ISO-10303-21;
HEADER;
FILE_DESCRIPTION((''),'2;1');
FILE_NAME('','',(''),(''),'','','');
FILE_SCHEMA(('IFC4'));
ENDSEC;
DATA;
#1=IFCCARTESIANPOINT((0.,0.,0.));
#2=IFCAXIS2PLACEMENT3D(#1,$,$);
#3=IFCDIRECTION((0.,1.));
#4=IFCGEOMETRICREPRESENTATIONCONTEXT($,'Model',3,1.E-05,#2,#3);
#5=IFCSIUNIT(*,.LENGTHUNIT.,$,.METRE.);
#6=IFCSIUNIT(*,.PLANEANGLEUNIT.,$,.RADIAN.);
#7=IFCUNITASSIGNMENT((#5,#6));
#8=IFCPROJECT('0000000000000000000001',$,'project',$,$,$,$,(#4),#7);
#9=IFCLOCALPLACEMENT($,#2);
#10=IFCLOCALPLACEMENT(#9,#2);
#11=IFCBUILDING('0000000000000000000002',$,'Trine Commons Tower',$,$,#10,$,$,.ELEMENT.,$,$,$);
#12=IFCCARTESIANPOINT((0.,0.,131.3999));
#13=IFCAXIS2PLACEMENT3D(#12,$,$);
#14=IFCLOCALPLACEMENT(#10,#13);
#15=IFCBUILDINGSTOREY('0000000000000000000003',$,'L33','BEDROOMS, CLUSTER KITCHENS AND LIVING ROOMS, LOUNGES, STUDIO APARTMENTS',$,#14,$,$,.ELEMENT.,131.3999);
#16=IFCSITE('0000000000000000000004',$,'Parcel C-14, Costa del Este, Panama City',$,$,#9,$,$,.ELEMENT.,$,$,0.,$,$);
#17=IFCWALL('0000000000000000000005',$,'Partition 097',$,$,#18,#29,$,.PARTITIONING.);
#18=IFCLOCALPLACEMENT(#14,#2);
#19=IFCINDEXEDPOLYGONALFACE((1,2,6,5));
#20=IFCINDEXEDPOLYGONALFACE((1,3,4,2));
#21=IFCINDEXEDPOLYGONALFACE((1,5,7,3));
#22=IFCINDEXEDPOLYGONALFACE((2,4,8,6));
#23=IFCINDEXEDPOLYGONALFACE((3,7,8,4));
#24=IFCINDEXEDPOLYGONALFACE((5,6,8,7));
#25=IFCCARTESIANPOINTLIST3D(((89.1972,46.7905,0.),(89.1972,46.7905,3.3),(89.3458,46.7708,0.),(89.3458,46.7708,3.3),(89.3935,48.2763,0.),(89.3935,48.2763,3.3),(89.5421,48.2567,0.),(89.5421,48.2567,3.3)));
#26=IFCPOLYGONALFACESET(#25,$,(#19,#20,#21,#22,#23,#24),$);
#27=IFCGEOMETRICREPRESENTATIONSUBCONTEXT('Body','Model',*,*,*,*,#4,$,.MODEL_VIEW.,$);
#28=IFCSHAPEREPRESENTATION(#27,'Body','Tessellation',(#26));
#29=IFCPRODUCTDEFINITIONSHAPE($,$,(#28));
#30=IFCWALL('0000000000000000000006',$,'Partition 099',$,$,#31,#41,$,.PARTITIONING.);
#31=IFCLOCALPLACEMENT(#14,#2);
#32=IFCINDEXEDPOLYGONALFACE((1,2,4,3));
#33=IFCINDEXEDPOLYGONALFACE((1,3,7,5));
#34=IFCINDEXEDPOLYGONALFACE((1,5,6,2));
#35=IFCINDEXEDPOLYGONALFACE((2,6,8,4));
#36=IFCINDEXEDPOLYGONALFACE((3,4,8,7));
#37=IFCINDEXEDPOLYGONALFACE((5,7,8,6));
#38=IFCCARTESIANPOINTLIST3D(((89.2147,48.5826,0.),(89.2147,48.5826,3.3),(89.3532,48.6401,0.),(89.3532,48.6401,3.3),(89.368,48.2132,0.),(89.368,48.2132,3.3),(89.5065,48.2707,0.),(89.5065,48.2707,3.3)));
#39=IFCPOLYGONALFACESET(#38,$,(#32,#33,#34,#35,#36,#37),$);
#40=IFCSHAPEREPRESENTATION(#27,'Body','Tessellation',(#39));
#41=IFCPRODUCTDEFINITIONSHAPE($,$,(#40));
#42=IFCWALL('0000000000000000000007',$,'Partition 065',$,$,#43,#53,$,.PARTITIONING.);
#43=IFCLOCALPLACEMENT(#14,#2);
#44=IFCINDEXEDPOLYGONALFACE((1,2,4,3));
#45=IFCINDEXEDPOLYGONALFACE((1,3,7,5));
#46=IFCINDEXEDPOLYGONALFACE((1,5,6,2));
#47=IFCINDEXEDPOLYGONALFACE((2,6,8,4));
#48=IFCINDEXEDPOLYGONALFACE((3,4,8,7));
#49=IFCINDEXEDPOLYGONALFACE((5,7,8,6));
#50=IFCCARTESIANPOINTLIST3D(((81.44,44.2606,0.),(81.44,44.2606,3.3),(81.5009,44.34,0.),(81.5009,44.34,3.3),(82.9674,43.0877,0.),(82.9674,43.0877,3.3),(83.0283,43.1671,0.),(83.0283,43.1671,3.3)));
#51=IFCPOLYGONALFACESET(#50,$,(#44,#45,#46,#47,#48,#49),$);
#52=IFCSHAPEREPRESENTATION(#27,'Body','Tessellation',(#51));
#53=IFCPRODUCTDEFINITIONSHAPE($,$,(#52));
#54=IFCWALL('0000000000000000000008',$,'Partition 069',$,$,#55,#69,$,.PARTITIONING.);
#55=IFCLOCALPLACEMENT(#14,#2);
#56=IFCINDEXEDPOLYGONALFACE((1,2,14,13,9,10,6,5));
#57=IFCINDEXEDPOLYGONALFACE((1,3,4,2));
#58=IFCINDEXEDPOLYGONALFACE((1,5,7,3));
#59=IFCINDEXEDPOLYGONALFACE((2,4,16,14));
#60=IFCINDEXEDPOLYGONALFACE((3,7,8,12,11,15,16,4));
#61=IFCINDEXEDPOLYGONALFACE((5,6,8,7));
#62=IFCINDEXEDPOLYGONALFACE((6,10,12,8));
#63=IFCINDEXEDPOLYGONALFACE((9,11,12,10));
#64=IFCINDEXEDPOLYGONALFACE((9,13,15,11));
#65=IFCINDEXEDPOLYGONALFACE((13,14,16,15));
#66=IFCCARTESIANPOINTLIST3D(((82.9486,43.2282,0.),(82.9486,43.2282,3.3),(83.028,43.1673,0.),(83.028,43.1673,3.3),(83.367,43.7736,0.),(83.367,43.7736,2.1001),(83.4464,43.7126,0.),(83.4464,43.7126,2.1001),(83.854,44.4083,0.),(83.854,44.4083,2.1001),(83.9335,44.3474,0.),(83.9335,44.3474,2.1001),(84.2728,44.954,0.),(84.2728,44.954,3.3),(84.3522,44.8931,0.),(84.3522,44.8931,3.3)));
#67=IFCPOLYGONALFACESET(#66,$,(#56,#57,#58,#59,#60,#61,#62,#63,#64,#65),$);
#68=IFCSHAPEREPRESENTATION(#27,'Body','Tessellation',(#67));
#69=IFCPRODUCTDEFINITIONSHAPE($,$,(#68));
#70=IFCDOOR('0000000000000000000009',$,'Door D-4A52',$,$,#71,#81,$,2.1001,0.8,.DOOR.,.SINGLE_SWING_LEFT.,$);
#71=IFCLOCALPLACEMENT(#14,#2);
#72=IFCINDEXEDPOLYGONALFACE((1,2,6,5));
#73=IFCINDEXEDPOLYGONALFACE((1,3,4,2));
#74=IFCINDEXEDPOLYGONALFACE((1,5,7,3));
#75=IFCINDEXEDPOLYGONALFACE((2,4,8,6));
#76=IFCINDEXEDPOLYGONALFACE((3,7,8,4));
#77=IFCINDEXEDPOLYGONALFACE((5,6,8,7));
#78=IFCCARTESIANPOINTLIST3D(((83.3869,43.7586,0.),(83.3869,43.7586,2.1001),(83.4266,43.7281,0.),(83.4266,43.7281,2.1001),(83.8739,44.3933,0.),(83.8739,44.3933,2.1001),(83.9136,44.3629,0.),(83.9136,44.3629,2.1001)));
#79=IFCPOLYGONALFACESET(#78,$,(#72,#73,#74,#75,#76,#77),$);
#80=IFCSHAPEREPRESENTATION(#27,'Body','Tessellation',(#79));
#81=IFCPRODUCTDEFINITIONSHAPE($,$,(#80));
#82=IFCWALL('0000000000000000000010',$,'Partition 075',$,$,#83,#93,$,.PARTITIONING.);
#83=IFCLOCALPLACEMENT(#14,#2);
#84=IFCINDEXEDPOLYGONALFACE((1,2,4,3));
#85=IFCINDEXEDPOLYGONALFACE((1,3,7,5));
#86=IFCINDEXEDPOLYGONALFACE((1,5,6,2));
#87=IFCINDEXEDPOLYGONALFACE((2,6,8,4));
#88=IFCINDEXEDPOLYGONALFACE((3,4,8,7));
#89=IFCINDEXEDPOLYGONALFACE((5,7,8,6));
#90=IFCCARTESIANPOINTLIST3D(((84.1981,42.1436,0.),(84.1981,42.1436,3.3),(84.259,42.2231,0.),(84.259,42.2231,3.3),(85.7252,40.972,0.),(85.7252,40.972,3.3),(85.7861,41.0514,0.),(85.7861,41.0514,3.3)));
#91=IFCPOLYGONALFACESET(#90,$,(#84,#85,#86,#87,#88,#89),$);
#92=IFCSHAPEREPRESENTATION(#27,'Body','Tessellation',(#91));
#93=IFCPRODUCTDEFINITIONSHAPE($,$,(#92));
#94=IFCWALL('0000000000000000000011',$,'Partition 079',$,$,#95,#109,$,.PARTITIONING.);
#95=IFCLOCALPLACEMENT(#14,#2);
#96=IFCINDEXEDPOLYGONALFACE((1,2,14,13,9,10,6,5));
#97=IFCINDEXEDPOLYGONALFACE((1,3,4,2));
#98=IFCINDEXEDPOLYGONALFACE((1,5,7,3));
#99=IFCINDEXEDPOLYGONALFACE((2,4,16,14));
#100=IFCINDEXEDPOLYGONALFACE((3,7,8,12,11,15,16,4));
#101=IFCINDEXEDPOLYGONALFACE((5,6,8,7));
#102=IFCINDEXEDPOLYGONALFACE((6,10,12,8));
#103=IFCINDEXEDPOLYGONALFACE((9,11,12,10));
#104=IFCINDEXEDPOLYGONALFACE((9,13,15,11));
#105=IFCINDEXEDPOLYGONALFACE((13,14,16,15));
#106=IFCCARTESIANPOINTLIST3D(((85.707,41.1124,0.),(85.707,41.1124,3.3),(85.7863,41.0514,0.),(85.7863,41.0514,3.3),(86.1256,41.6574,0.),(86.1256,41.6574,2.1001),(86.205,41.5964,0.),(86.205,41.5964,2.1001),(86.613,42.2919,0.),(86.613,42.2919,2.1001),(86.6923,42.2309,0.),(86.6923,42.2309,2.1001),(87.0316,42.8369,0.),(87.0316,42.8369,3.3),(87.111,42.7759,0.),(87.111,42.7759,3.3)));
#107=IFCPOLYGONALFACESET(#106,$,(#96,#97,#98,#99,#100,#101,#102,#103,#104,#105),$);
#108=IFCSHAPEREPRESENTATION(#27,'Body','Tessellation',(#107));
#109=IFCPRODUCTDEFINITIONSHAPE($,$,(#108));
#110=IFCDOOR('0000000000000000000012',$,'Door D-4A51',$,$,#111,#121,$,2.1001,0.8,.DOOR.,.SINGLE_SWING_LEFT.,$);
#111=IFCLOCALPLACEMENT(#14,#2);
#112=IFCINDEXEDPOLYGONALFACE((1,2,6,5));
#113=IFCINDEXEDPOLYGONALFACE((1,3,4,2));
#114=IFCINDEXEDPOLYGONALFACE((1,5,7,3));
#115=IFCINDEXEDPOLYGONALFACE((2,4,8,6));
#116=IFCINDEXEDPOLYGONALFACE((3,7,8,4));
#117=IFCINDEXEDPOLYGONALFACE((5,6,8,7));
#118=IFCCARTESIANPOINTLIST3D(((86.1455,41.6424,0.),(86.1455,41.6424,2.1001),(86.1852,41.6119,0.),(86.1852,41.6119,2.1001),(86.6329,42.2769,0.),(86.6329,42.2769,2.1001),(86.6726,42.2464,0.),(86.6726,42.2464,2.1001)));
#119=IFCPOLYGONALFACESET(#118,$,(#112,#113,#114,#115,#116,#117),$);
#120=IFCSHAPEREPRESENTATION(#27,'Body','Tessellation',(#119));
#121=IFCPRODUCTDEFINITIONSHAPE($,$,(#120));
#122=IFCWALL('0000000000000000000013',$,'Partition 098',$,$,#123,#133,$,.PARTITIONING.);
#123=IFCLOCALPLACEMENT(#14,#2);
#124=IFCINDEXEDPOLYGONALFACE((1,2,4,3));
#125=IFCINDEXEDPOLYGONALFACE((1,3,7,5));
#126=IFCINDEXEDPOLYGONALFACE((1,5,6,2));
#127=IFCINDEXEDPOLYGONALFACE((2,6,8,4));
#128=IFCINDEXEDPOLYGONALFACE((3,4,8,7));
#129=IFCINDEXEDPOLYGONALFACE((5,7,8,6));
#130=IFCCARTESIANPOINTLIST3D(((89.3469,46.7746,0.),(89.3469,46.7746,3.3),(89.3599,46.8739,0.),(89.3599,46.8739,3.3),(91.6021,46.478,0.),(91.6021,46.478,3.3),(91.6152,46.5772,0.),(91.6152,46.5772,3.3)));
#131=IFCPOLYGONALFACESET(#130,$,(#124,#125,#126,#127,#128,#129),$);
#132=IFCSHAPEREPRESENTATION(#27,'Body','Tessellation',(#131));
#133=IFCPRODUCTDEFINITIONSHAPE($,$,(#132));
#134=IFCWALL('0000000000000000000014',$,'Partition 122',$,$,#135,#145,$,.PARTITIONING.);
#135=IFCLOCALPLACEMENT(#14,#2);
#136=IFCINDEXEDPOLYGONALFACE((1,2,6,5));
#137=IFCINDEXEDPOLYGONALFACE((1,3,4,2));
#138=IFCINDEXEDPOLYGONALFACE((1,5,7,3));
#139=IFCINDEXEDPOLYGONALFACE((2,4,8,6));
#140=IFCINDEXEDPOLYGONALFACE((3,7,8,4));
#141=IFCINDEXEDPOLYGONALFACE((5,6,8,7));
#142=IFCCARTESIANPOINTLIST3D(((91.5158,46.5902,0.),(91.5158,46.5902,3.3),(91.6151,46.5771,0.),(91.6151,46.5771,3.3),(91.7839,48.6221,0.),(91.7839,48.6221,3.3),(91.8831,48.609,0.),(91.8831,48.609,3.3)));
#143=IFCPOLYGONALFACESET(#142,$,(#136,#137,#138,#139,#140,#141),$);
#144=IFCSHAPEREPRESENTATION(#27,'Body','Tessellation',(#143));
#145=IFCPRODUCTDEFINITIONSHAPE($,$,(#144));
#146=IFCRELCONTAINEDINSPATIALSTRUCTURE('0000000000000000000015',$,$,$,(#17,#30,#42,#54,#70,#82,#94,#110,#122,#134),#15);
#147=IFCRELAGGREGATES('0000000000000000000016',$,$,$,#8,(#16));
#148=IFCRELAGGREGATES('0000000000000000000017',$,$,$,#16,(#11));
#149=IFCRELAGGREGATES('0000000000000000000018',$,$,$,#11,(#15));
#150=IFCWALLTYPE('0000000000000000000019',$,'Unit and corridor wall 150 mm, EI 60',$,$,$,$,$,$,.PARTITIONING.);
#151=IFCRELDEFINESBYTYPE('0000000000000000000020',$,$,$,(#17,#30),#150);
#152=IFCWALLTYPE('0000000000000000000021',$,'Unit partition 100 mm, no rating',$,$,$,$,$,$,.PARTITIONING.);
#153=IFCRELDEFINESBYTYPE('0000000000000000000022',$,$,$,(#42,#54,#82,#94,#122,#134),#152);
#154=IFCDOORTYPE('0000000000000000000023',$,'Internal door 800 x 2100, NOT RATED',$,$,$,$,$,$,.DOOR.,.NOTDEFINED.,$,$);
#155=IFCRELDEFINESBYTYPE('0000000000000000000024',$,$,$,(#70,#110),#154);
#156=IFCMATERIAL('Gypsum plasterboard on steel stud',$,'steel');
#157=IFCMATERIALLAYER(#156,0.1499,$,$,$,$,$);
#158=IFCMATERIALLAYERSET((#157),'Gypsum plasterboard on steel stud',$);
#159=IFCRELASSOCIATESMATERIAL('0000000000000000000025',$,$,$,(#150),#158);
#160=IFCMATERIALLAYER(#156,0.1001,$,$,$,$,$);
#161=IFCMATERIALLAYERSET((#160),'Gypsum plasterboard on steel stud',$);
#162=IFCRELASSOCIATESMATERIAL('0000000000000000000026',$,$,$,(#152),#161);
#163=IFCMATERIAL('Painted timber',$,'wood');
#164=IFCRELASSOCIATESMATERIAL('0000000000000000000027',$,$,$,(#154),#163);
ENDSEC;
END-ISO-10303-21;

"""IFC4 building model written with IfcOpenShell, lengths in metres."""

from ifc_helpers import new_model, si_unit, direction, frame, frame_2d, origin, place, context, subcontext, project, spatial, rectangle, extrude, material, layer, layer_set, type_object, element, fill, save


model = new_model("IFC4")

# Units and contexts
model_context = context("Model", 3, precision=1e-05, world=origin(), true_north=direction((0.0, 1.0)))
body_context = subcontext(model_context, "Body", "Model", "MODEL_VIEW")
ifc_project = project(units=[si_unit("LENGTHUNIT", "METRE"), si_unit("PLANEANGLEUNIT", "RADIAN")], contexts=[model_context])

# Site, building, storey
site_placement = place(None, origin())
site = spatial("IfcSite", under=ifc_project, at=site_placement, Name="Parcel C-14, Costa del Este, Panama City", CompositionType="ELEMENT", RefElevation=0.0)
building_placement = place(site_placement, origin())
building = spatial("IfcBuilding", under=site, at=building_placement, Name="Trine Commons Tower", CompositionType="ELEMENT")
storey_placement = place(building_placement, frame((0.0, 0.0, 131.3999)))
storey = spatial("IfcBuildingStorey", under=building, at=storey_placement, Name="L33", Description="BEDROOMS, CLUSTER KITCHENS AND LIVING ROOMS, LOUNGES, STUDIO APARTMENTS", CompositionType="ELEMENT", Elevation=131.3999)

# Shared definitions
ifc_material_1 = material(Name="Gypsum plasterboard on steel stud", Category="steel")
ifc_layer_1 = layer(ifc_material_1, 0.1499)
ifc_layer_set_1 = layer_set([ifc_layer_1], Name="Gypsum plasterboard on steel stud")
wall_type_1 = type_object("IfcWallType", Name="Unit and corridor wall 150 mm, EI 60", PredefinedType="PARTITIONING", material=ifc_layer_set_1)

# Shared definitions
ifc_material_2 = material(Name="Painted timber", Category="wood")

# Walls
wall_1_placement = place(storey_placement, frame((89.2715, 46.7805, 0.0), z_axis=(0.0, 0.0, 1.0), x_axis=(0.130969, 0.991387, 0.0)))
element("IfcWall", 1, at=wall_1_placement, inside=storey, type_object=wall_type_1, Name="Partition 097", PredefinedType="PARTITIONING", context=body_context, shape_type="SweptSolid", body=[
    extrude(rectangle(XDim=1.4988, YDim=0.1499, at=frame_2d((0.7495, 0.0))), origin(), (0.0, 0.0, 1.0), 3.3),
])
wall_2_placement = place(storey_placement, frame((89.2839, 48.6113, 0.0), z_axis=(0.0, 0.0, 1.0), x_axis=(0.383358, -0.9236, 0.0)))
element("IfcWall", 2, at=wall_2_placement, inside=storey, type_object=wall_type_1, Name="Partition 099", PredefinedType="PARTITIONING", context=body_context, shape_type="SweptSolid", body=[
    extrude(rectangle(XDim=0.3999, YDim=0.1499, at=frame_2d((0.2, 0.0))), origin(), (0.0, 0.0, 1.0), 3.3),
])
ifc_layer_2 = layer(ifc_material_1, 0.1001)
ifc_layer_set_2 = layer_set([ifc_layer_2], Name="Gypsum plasterboard on steel stud")
wall_type_2 = type_object("IfcWallType", Name="Unit partition 100 mm, no rating", PredefinedType="PARTITIONING", material=ifc_layer_set_2)
wall_3_placement = place(storey_placement, frame((81.4705, 44.3003, 0.0), z_axis=(0.0, 0.0, 1.0), x_axis=(0.793133, -0.609049, 0.0)))
element("IfcWall", 3, at=wall_3_placement, inside=storey, type_object=wall_type_2, Name="Partition 065", PredefinedType="PARTITIONING", context=body_context, shape_type="SweptSolid", body=[
    extrude(rectangle(XDim=1.9258, YDim=0.1001, at=frame_2d((0.9629, 0.0))), origin(), (0.0, 0.0, 1.0), 3.3),
])

# Wall, opening, door
wall_4_placement = place(storey_placement, frame((82.9883, 43.1978, 0.0), z_axis=(0.0, 0.0, 1.0), x_axis=(0.608745, 0.793366, 0.0)))
wall_4 = element("IfcWall", 4, at=wall_4_placement, inside=storey, type_object=wall_type_2, Name="Partition 069", PredefinedType="PARTITIONING", context=body_context, shape_type="SweptSolid", body=[
    extrude(rectangle(XDim=2.1753, YDim=0.1001, at=frame_2d((1.0876, 0.0))), origin(), (0.0, 0.0, 1.0), 3.3),
])
opening_1_placement = place(wall_4_placement, frame((0.6875, 0.0, 0.0)))
opening_1 = element("IfcOpeningElement", 5, at=opening_1_placement, cuts=wall_4, PredefinedType="OPENING", context=body_context, shape_type="SweptSolid", body=[
    extrude(rectangle(XDim=0.8, YDim=2.1001, at=frame_2d((0.3999, 1.05))), frame((0.0, 0.0601, 0.0), z_axis=(0.0, -1.0, 0.0), x_axis=(1.0, 0.0, 0.0)), (0.0, 0.0, 1.0), 0.1201),
])
door_type_1 = type_object("IfcDoorType", Name="Internal door 800 x 2100, NOT RATED", OperationType="NOTDEFINED", PredefinedType="DOOR", material=ifc_material_2)
door_1_placement = place(opening_1_placement, frame((0.8, 0.0, 0.0), z_axis=(0.0, 0.0, 1.0), x_axis=(-1.0, 0.0, 0.0)))
door_1 = element("IfcDoor", 6, at=door_1_placement, inside=storey, type_object=door_type_1, Name="Door D-4A52", OperationType="SINGLE_SWING_LEFT", OverallHeight=2.1001, OverallWidth=0.8, PredefinedType="DOOR", context=body_context, shape_type="SweptSolid", body=[
    extrude(rectangle(XDim=0.8, YDim=2.1001, at=frame_2d((0.3999, 1.05))), frame((0.0, 0.0249, 0.0), z_axis=(0.0, -1.0, 0.0), x_axis=(1.0, 0.0, 0.0)), (0.0, 0.0, 1.0), 0.05),
])
fill(opening_1, door_1)

# Wall
wall_5_placement = place(storey_placement, frame((84.2285, 42.1833, 0.0), z_axis=(0.0, 0.0, 1.0), x_axis=(0.793392, -0.608711, 0.0)))
element("IfcWall", 7, at=wall_5_placement, inside=storey, type_object=wall_type_2, Name="Partition 075", PredefinedType="PARTITIONING", context=body_context, shape_type="SweptSolid", body=[
    extrude(rectangle(XDim=1.9248, YDim=0.1001, at=frame_2d((0.9624, 0.0))), origin(), (0.0, 0.0, 1.0), 3.3),
])

# Wall, opening, door
wall_6_placement = place(storey_placement, frame((85.7466, 41.0818, 0.0), z_axis=(0.0, 0.0, 1.0), x_axis=(0.609157, 0.793049, 0.0)))
wall_6 = element("IfcWall", 8, at=wall_6_placement, inside=storey, type_object=wall_type_2, Name="Partition 079", PredefinedType="PARTITIONING", context=body_context, shape_type="SweptSolid", body=[
    extrude(rectangle(XDim=2.1746, YDim=0.1001, at=frame_2d((1.0874, 0.0))), origin(), (0.0, 0.0, 1.0), 3.3),
])
opening_2_placement = place(wall_6_placement, frame((0.6875, 0.0, 0.0)))
opening_2 = element("IfcOpeningElement", 9, at=opening_2_placement, cuts=wall_6, PredefinedType="OPENING", context=body_context, shape_type="SweptSolid", body=[
    extrude(rectangle(XDim=0.8, YDim=2.1001, at=frame_2d((0.3999, 1.05))), frame((0.0, 0.0601, 0.0), z_axis=(0.0, -1.0, 0.0), x_axis=(1.0, 0.0, 0.0)), (0.0, 0.0, 1.0), 0.1201),
])
door_2_placement = place(opening_2_placement, frame((0.8, 0.0, 0.0), z_axis=(0.0, 0.0, 1.0), x_axis=(-1.0, 0.0, 0.0)))
door_2 = element("IfcDoor", 10, at=door_2_placement, inside=storey, type_object=door_type_1, Name="Door D-4A51", OperationType="SINGLE_SWING_LEFT", OverallHeight=2.1001, OverallWidth=0.8, PredefinedType="DOOR", context=body_context, shape_type="SweptSolid", body=[
    extrude(rectangle(XDim=0.8, YDim=2.1001, at=frame_2d((0.3999, 1.05))), frame((0.0, 0.0249, 0.0), z_axis=(0.0, -1.0, 0.0), x_axis=(1.0, 0.0, 0.0)), (0.0, 0.0, 1.0), 0.05),
])
fill(opening_2, door_2)

# Walls
wall_7_placement = place(storey_placement, frame((89.3535, 46.8242, 0.0), z_axis=(0.0, 0.0, 1.0), x_axis=(0.99146, -0.130413, 0.0)))
element("IfcWall", 11, at=wall_7_placement, inside=storey, type_object=wall_type_2, Name="Partition 098", PredefinedType="PARTITIONING", context=body_context, shape_type="SweptSolid", body=[
    extrude(rectangle(XDim=2.2747, YDim=0.1001, at=frame_2d((1.1372, 0.0))), origin(), (0.0, 0.0, 1.0), 3.3),
])
wall_8_placement = place(storey_placement, frame((91.5654, 46.5835, 0.0), z_axis=(0.0, 0.0, 1.0), x_axis=(0.13079, 0.99141, 0.0)))
element("IfcWall", 12, at=wall_8_placement, inside=storey, type_object=wall_type_2, Name="Partition 122", PredefinedType="PARTITIONING", context=body_context, shape_type="SweptSolid", body=[
    extrude(rectangle(XDim=2.0496, YDim=0.1001, at=frame_2d((1.0249, 0.0))), origin(), (0.0, 0.0, 1.0), 3.3),
])

save(model, "model.ifc")
